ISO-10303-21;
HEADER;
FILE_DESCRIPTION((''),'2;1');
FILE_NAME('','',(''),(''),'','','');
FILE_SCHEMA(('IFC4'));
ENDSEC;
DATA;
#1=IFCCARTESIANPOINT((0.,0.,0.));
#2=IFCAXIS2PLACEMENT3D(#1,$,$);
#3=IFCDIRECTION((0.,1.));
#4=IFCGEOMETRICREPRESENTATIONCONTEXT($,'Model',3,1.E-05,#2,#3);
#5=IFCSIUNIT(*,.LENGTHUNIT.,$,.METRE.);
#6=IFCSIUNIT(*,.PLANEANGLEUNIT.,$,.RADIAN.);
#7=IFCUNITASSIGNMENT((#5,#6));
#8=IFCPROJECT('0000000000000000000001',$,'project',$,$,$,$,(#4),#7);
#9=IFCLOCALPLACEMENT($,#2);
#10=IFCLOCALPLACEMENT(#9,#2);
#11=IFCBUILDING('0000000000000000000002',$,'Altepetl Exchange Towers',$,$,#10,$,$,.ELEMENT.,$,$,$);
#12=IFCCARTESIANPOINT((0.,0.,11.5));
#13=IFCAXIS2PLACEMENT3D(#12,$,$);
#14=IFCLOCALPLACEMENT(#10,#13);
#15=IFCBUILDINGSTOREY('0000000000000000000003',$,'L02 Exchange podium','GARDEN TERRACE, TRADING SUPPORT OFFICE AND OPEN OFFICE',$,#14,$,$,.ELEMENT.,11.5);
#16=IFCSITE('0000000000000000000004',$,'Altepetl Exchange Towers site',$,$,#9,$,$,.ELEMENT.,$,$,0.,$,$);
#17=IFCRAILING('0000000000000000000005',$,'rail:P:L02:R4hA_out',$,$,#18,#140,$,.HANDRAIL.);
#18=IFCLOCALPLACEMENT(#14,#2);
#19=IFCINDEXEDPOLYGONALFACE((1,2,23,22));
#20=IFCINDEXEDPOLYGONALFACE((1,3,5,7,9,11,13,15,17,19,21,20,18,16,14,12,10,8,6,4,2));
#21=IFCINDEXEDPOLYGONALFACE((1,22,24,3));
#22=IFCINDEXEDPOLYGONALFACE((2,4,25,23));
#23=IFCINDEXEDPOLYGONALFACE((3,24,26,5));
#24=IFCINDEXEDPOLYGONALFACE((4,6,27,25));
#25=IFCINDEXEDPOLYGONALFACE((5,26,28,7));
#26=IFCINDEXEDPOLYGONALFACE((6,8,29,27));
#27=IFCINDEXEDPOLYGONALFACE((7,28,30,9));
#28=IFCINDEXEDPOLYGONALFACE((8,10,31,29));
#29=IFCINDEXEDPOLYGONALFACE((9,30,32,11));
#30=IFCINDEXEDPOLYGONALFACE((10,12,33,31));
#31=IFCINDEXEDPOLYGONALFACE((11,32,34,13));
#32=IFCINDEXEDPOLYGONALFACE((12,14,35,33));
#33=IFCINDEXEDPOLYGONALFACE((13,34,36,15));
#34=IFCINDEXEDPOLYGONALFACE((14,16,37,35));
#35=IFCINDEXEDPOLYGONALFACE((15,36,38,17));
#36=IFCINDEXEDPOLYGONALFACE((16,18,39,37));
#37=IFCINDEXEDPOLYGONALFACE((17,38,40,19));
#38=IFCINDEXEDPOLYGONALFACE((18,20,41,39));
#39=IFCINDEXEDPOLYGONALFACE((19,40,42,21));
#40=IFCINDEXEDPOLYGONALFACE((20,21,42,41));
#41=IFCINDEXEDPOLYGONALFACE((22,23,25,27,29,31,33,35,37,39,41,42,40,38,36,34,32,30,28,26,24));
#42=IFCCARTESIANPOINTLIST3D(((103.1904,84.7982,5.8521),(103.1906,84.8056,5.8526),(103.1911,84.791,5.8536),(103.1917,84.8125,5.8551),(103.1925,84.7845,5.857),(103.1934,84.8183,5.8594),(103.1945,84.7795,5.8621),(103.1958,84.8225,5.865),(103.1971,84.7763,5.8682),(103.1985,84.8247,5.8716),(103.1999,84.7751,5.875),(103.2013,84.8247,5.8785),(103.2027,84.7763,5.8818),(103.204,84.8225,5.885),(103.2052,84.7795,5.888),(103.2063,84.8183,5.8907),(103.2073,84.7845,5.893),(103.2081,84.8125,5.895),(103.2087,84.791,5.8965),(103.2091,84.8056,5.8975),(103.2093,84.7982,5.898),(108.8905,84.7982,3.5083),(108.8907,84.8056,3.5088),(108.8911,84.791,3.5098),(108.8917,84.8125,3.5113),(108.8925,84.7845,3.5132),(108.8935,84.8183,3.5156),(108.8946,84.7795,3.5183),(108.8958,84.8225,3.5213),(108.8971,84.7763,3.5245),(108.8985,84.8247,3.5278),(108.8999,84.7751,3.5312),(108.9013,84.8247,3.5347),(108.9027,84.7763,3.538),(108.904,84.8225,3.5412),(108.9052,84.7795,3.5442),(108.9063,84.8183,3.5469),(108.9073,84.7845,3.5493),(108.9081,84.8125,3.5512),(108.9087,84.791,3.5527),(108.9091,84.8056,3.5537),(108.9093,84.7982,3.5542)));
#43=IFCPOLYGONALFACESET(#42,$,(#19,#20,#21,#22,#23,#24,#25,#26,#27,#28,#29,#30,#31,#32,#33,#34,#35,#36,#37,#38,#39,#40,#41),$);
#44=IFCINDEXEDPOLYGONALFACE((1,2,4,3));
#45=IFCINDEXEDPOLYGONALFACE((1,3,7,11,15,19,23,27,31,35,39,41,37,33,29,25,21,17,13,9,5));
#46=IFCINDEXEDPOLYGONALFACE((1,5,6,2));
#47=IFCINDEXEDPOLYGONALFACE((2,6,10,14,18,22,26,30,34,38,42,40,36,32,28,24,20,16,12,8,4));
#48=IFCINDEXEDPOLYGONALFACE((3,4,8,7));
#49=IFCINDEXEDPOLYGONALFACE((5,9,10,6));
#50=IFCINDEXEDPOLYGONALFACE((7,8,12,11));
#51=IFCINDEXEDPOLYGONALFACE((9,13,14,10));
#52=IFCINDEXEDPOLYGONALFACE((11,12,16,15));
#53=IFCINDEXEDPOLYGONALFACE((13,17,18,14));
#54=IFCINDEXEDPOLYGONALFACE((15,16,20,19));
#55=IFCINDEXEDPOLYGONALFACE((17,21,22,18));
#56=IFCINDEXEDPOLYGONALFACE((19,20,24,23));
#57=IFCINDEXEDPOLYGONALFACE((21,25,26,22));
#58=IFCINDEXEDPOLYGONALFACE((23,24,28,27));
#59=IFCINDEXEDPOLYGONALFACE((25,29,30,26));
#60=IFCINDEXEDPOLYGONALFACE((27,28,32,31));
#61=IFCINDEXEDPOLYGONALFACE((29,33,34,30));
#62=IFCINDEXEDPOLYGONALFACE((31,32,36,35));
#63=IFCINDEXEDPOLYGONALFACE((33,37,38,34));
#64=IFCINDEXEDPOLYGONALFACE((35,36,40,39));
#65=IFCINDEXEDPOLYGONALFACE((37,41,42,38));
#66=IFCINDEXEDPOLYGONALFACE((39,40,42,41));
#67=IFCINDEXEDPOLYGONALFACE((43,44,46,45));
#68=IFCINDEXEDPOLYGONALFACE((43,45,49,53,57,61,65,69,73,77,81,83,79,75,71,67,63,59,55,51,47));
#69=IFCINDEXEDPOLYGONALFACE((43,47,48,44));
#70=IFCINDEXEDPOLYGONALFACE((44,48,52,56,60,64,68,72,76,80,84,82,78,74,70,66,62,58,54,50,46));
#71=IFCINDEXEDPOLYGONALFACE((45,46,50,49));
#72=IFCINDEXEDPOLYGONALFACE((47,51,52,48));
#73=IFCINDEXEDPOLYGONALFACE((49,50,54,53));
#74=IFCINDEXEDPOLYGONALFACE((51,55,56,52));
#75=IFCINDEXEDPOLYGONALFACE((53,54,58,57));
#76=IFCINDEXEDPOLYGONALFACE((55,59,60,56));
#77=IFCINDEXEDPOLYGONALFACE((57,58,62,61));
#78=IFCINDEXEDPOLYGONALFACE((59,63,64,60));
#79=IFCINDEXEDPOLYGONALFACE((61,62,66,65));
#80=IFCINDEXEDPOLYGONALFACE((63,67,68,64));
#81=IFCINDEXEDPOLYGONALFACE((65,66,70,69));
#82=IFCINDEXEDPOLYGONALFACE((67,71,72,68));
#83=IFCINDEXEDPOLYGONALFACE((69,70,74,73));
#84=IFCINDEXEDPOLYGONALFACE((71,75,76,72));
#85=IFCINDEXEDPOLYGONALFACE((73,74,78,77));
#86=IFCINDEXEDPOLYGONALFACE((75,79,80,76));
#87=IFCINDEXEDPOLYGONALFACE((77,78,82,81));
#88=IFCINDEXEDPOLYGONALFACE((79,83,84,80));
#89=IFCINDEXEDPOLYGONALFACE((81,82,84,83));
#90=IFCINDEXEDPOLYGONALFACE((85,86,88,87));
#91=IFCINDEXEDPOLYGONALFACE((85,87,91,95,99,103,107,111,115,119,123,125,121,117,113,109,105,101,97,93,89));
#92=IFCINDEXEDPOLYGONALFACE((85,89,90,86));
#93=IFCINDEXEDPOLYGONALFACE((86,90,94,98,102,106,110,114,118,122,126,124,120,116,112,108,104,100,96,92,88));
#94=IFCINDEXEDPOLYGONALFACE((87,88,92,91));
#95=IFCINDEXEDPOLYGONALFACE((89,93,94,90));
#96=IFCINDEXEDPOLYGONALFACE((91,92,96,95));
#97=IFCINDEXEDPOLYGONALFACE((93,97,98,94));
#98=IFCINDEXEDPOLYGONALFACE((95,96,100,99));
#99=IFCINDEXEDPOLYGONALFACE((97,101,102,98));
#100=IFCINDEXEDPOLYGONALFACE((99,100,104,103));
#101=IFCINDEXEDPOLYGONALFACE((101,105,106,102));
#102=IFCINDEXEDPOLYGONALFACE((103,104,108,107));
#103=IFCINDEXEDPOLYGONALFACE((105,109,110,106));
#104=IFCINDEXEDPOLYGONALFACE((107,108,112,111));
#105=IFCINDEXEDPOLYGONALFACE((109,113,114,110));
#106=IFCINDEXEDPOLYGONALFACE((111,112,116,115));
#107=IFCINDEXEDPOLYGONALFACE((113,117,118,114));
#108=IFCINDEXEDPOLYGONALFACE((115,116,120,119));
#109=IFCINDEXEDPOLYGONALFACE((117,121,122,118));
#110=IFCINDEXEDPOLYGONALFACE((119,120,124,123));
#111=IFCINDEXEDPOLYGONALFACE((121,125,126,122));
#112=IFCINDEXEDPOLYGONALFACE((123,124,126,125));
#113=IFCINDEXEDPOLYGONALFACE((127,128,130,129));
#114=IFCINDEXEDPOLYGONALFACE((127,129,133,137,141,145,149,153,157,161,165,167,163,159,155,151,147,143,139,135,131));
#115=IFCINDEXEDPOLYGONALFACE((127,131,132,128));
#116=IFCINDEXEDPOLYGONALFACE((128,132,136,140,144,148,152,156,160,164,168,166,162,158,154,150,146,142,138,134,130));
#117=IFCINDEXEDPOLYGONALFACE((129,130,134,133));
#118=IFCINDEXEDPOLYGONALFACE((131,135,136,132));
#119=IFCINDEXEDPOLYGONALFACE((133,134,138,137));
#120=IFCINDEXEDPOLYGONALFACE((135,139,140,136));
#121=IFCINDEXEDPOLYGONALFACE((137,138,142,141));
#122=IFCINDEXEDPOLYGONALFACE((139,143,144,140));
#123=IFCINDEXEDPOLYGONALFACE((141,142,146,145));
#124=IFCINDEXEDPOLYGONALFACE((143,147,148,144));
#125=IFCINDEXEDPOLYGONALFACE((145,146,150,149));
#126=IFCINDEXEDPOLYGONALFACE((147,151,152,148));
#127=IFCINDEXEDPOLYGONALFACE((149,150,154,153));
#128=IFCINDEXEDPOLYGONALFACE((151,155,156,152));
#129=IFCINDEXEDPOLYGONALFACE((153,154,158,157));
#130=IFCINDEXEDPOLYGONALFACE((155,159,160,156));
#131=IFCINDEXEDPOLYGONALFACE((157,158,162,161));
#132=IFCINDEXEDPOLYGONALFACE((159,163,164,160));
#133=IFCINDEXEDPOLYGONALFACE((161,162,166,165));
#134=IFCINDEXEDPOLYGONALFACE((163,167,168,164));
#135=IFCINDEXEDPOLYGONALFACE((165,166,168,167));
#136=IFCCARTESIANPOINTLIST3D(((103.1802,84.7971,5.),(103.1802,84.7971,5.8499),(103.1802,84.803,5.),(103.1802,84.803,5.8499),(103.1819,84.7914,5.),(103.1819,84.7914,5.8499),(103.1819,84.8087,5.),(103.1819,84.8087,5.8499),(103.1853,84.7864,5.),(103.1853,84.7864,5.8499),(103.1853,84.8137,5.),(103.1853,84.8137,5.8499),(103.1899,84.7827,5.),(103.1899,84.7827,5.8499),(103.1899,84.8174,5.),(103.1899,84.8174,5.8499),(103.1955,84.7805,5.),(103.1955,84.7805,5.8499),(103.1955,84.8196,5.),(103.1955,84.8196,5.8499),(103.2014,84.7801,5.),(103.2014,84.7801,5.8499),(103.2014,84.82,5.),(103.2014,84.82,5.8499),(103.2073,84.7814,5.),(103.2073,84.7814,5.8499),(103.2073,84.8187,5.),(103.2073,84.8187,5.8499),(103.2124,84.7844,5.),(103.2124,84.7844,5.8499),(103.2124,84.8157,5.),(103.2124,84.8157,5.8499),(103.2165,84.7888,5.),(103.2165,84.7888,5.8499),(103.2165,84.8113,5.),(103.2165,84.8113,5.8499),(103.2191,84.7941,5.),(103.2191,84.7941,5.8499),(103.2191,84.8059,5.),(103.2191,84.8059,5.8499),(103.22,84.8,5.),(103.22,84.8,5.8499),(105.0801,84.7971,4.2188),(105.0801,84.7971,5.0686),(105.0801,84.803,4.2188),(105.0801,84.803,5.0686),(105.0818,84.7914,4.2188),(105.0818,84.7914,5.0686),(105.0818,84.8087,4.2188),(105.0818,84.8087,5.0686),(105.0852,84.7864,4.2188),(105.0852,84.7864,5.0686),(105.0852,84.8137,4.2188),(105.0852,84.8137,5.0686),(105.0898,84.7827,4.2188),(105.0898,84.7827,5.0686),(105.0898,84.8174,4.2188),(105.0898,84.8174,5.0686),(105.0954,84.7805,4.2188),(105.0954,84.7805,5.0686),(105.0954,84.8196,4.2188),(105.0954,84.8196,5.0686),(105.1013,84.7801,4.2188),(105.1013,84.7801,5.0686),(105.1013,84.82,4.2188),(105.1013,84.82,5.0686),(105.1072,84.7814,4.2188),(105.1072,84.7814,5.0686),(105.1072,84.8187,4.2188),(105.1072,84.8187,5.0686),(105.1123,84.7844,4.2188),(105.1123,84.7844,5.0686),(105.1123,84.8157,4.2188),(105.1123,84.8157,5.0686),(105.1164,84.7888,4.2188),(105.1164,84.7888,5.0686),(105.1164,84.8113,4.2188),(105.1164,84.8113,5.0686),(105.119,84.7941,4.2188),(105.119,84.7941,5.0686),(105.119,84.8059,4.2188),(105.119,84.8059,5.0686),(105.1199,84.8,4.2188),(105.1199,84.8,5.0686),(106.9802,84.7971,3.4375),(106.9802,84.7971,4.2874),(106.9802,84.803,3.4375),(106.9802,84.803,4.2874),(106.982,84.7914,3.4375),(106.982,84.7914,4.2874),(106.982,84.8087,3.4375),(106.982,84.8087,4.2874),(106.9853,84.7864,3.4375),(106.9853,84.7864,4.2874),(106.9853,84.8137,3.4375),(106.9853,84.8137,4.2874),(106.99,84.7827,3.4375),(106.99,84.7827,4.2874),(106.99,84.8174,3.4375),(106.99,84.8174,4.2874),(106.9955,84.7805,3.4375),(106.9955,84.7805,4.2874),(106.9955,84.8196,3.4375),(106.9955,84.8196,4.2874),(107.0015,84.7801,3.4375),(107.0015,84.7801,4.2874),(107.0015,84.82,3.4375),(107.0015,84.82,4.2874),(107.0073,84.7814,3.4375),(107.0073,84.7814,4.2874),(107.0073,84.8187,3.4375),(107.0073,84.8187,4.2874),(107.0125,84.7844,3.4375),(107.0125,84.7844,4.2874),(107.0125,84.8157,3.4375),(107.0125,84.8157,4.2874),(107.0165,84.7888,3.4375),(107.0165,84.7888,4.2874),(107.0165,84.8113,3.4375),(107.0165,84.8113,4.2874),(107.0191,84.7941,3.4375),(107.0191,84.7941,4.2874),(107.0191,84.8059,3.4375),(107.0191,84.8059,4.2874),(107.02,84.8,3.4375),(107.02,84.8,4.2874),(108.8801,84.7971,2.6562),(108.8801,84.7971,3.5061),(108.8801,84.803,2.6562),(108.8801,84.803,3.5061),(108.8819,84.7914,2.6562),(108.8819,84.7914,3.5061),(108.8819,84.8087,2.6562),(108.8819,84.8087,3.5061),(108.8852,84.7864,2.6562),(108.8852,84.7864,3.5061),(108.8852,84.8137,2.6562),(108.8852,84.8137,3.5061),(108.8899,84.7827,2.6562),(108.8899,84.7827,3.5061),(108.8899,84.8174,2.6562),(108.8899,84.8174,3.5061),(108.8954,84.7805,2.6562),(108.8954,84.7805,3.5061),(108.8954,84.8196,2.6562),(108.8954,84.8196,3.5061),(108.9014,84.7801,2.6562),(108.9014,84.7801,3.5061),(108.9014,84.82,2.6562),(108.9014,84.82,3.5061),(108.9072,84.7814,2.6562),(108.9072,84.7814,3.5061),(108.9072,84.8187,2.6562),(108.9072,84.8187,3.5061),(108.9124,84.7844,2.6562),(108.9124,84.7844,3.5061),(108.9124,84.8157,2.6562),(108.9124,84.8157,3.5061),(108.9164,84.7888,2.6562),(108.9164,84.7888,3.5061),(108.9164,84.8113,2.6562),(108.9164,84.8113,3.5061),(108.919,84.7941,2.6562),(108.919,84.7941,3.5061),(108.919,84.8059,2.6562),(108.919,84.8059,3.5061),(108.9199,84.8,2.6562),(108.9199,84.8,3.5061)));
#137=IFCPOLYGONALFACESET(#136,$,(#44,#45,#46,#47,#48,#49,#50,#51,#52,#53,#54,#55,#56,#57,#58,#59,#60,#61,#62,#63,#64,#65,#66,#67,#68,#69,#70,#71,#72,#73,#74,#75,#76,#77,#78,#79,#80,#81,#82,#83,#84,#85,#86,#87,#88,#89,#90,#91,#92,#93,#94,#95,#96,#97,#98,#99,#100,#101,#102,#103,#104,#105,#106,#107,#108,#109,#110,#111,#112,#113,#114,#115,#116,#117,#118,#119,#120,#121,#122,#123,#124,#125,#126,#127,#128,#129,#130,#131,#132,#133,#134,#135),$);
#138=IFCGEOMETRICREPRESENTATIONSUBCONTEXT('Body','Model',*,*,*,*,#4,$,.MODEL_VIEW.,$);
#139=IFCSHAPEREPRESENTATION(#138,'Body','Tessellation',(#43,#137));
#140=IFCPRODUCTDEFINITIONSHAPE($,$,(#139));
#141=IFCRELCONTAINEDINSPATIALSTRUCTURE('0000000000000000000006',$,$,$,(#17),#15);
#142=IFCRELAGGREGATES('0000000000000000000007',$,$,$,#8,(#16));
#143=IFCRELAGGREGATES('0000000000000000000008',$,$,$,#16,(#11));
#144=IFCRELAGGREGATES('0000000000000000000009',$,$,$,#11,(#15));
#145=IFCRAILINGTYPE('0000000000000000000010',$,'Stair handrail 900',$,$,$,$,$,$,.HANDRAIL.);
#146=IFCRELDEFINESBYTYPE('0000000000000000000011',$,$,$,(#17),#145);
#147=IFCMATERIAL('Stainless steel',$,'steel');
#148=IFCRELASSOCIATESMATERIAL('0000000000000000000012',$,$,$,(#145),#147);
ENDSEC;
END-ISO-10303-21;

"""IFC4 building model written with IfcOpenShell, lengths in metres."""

from ifc_helpers import new_model, si_unit, direction, frame, origin, origin_2d, place, context, subcontext, project, spatial, circle, extrude, source, transform, mapped, material, type_object, element, save


model = new_model("IFC4")

# Units and contexts
model_context = context("Model", 3, precision=1e-05, world=origin(), true_north=direction((0.0, 1.0)))
body_context = subcontext(model_context, "Body", "Model", "MODEL_VIEW")
ifc_project = project(units=[si_unit("LENGTHUNIT", "METRE"), si_unit("PLANEANGLEUNIT", "RADIAN")], contexts=[model_context])

# Site, building, storey
site_placement = place(None, origin())
site = spatial("IfcSite", under=ifc_project, at=site_placement, Name="Altepetl Exchange Towers site", CompositionType="ELEMENT", RefElevation=0.0)
building_placement = place(site_placement, origin())
building = spatial("IfcBuilding", under=site, at=building_placement, Name="Altepetl Exchange Towers", CompositionType="ELEMENT")
storey_placement = place(building_placement, frame((0.0, 0.0, 11.5)))
storey = spatial("IfcBuildingStorey", under=building, at=storey_placement, Name="L02 Exchange podium", Description="GARDEN TERRACE, TRADING SUPPORT OFFICE AND OPEN OFFICE", CompositionType="ELEMENT", Elevation=11.5)

# Railing
ifc_material_1 = material(Name="Stainless steel", Category="steel")
railing_type_1 = type_object("IfcRailingType", Name="Stair handrail 900", PredefinedType="HANDRAIL", material=ifc_material_1)
shared_shape_1 = source(origin(), body_context, "Body", "SweptSolid", [
    extrude(circle(Radius=0.02, at=origin_2d()), origin(), (0.0, 0.0, 1.0), 0.8499),
])
for number, where, name in (
    (1, (108.8999, 84.8, 2.6562), "rail:P:L02:R4hA_out"),
):
    element("IfcRailing", number, at=place(storey_placement, frame(where)), inside=storey, type_object=railing_type_1, Name=name, PredefinedType="HANDRAIL", context=body_context, shape_type="SweptSolid", body=[
        extrude(circle(Radius=0.0249, at=origin_2d()), frame((0.0, 0.0, 0.875), z_axis=(-0.924866, 0.0, 0.380293), x_axis=(0.0, -1.0, 0.0)), (0.0, 0.0, 1.0), 6.1631),
        mapped(shared_shape_1, transform((0.0, 0.0, 0.0))),
        mapped(shared_shape_1, transform((-1.8999, 0.0, 0.7812))),
        mapped(shared_shape_1, transform((-3.8, 0.0, 1.5625))),
        mapped(shared_shape_1, transform((-5.7, 0.0, 2.3438))),
    ])

save(model, "model.ifc")
